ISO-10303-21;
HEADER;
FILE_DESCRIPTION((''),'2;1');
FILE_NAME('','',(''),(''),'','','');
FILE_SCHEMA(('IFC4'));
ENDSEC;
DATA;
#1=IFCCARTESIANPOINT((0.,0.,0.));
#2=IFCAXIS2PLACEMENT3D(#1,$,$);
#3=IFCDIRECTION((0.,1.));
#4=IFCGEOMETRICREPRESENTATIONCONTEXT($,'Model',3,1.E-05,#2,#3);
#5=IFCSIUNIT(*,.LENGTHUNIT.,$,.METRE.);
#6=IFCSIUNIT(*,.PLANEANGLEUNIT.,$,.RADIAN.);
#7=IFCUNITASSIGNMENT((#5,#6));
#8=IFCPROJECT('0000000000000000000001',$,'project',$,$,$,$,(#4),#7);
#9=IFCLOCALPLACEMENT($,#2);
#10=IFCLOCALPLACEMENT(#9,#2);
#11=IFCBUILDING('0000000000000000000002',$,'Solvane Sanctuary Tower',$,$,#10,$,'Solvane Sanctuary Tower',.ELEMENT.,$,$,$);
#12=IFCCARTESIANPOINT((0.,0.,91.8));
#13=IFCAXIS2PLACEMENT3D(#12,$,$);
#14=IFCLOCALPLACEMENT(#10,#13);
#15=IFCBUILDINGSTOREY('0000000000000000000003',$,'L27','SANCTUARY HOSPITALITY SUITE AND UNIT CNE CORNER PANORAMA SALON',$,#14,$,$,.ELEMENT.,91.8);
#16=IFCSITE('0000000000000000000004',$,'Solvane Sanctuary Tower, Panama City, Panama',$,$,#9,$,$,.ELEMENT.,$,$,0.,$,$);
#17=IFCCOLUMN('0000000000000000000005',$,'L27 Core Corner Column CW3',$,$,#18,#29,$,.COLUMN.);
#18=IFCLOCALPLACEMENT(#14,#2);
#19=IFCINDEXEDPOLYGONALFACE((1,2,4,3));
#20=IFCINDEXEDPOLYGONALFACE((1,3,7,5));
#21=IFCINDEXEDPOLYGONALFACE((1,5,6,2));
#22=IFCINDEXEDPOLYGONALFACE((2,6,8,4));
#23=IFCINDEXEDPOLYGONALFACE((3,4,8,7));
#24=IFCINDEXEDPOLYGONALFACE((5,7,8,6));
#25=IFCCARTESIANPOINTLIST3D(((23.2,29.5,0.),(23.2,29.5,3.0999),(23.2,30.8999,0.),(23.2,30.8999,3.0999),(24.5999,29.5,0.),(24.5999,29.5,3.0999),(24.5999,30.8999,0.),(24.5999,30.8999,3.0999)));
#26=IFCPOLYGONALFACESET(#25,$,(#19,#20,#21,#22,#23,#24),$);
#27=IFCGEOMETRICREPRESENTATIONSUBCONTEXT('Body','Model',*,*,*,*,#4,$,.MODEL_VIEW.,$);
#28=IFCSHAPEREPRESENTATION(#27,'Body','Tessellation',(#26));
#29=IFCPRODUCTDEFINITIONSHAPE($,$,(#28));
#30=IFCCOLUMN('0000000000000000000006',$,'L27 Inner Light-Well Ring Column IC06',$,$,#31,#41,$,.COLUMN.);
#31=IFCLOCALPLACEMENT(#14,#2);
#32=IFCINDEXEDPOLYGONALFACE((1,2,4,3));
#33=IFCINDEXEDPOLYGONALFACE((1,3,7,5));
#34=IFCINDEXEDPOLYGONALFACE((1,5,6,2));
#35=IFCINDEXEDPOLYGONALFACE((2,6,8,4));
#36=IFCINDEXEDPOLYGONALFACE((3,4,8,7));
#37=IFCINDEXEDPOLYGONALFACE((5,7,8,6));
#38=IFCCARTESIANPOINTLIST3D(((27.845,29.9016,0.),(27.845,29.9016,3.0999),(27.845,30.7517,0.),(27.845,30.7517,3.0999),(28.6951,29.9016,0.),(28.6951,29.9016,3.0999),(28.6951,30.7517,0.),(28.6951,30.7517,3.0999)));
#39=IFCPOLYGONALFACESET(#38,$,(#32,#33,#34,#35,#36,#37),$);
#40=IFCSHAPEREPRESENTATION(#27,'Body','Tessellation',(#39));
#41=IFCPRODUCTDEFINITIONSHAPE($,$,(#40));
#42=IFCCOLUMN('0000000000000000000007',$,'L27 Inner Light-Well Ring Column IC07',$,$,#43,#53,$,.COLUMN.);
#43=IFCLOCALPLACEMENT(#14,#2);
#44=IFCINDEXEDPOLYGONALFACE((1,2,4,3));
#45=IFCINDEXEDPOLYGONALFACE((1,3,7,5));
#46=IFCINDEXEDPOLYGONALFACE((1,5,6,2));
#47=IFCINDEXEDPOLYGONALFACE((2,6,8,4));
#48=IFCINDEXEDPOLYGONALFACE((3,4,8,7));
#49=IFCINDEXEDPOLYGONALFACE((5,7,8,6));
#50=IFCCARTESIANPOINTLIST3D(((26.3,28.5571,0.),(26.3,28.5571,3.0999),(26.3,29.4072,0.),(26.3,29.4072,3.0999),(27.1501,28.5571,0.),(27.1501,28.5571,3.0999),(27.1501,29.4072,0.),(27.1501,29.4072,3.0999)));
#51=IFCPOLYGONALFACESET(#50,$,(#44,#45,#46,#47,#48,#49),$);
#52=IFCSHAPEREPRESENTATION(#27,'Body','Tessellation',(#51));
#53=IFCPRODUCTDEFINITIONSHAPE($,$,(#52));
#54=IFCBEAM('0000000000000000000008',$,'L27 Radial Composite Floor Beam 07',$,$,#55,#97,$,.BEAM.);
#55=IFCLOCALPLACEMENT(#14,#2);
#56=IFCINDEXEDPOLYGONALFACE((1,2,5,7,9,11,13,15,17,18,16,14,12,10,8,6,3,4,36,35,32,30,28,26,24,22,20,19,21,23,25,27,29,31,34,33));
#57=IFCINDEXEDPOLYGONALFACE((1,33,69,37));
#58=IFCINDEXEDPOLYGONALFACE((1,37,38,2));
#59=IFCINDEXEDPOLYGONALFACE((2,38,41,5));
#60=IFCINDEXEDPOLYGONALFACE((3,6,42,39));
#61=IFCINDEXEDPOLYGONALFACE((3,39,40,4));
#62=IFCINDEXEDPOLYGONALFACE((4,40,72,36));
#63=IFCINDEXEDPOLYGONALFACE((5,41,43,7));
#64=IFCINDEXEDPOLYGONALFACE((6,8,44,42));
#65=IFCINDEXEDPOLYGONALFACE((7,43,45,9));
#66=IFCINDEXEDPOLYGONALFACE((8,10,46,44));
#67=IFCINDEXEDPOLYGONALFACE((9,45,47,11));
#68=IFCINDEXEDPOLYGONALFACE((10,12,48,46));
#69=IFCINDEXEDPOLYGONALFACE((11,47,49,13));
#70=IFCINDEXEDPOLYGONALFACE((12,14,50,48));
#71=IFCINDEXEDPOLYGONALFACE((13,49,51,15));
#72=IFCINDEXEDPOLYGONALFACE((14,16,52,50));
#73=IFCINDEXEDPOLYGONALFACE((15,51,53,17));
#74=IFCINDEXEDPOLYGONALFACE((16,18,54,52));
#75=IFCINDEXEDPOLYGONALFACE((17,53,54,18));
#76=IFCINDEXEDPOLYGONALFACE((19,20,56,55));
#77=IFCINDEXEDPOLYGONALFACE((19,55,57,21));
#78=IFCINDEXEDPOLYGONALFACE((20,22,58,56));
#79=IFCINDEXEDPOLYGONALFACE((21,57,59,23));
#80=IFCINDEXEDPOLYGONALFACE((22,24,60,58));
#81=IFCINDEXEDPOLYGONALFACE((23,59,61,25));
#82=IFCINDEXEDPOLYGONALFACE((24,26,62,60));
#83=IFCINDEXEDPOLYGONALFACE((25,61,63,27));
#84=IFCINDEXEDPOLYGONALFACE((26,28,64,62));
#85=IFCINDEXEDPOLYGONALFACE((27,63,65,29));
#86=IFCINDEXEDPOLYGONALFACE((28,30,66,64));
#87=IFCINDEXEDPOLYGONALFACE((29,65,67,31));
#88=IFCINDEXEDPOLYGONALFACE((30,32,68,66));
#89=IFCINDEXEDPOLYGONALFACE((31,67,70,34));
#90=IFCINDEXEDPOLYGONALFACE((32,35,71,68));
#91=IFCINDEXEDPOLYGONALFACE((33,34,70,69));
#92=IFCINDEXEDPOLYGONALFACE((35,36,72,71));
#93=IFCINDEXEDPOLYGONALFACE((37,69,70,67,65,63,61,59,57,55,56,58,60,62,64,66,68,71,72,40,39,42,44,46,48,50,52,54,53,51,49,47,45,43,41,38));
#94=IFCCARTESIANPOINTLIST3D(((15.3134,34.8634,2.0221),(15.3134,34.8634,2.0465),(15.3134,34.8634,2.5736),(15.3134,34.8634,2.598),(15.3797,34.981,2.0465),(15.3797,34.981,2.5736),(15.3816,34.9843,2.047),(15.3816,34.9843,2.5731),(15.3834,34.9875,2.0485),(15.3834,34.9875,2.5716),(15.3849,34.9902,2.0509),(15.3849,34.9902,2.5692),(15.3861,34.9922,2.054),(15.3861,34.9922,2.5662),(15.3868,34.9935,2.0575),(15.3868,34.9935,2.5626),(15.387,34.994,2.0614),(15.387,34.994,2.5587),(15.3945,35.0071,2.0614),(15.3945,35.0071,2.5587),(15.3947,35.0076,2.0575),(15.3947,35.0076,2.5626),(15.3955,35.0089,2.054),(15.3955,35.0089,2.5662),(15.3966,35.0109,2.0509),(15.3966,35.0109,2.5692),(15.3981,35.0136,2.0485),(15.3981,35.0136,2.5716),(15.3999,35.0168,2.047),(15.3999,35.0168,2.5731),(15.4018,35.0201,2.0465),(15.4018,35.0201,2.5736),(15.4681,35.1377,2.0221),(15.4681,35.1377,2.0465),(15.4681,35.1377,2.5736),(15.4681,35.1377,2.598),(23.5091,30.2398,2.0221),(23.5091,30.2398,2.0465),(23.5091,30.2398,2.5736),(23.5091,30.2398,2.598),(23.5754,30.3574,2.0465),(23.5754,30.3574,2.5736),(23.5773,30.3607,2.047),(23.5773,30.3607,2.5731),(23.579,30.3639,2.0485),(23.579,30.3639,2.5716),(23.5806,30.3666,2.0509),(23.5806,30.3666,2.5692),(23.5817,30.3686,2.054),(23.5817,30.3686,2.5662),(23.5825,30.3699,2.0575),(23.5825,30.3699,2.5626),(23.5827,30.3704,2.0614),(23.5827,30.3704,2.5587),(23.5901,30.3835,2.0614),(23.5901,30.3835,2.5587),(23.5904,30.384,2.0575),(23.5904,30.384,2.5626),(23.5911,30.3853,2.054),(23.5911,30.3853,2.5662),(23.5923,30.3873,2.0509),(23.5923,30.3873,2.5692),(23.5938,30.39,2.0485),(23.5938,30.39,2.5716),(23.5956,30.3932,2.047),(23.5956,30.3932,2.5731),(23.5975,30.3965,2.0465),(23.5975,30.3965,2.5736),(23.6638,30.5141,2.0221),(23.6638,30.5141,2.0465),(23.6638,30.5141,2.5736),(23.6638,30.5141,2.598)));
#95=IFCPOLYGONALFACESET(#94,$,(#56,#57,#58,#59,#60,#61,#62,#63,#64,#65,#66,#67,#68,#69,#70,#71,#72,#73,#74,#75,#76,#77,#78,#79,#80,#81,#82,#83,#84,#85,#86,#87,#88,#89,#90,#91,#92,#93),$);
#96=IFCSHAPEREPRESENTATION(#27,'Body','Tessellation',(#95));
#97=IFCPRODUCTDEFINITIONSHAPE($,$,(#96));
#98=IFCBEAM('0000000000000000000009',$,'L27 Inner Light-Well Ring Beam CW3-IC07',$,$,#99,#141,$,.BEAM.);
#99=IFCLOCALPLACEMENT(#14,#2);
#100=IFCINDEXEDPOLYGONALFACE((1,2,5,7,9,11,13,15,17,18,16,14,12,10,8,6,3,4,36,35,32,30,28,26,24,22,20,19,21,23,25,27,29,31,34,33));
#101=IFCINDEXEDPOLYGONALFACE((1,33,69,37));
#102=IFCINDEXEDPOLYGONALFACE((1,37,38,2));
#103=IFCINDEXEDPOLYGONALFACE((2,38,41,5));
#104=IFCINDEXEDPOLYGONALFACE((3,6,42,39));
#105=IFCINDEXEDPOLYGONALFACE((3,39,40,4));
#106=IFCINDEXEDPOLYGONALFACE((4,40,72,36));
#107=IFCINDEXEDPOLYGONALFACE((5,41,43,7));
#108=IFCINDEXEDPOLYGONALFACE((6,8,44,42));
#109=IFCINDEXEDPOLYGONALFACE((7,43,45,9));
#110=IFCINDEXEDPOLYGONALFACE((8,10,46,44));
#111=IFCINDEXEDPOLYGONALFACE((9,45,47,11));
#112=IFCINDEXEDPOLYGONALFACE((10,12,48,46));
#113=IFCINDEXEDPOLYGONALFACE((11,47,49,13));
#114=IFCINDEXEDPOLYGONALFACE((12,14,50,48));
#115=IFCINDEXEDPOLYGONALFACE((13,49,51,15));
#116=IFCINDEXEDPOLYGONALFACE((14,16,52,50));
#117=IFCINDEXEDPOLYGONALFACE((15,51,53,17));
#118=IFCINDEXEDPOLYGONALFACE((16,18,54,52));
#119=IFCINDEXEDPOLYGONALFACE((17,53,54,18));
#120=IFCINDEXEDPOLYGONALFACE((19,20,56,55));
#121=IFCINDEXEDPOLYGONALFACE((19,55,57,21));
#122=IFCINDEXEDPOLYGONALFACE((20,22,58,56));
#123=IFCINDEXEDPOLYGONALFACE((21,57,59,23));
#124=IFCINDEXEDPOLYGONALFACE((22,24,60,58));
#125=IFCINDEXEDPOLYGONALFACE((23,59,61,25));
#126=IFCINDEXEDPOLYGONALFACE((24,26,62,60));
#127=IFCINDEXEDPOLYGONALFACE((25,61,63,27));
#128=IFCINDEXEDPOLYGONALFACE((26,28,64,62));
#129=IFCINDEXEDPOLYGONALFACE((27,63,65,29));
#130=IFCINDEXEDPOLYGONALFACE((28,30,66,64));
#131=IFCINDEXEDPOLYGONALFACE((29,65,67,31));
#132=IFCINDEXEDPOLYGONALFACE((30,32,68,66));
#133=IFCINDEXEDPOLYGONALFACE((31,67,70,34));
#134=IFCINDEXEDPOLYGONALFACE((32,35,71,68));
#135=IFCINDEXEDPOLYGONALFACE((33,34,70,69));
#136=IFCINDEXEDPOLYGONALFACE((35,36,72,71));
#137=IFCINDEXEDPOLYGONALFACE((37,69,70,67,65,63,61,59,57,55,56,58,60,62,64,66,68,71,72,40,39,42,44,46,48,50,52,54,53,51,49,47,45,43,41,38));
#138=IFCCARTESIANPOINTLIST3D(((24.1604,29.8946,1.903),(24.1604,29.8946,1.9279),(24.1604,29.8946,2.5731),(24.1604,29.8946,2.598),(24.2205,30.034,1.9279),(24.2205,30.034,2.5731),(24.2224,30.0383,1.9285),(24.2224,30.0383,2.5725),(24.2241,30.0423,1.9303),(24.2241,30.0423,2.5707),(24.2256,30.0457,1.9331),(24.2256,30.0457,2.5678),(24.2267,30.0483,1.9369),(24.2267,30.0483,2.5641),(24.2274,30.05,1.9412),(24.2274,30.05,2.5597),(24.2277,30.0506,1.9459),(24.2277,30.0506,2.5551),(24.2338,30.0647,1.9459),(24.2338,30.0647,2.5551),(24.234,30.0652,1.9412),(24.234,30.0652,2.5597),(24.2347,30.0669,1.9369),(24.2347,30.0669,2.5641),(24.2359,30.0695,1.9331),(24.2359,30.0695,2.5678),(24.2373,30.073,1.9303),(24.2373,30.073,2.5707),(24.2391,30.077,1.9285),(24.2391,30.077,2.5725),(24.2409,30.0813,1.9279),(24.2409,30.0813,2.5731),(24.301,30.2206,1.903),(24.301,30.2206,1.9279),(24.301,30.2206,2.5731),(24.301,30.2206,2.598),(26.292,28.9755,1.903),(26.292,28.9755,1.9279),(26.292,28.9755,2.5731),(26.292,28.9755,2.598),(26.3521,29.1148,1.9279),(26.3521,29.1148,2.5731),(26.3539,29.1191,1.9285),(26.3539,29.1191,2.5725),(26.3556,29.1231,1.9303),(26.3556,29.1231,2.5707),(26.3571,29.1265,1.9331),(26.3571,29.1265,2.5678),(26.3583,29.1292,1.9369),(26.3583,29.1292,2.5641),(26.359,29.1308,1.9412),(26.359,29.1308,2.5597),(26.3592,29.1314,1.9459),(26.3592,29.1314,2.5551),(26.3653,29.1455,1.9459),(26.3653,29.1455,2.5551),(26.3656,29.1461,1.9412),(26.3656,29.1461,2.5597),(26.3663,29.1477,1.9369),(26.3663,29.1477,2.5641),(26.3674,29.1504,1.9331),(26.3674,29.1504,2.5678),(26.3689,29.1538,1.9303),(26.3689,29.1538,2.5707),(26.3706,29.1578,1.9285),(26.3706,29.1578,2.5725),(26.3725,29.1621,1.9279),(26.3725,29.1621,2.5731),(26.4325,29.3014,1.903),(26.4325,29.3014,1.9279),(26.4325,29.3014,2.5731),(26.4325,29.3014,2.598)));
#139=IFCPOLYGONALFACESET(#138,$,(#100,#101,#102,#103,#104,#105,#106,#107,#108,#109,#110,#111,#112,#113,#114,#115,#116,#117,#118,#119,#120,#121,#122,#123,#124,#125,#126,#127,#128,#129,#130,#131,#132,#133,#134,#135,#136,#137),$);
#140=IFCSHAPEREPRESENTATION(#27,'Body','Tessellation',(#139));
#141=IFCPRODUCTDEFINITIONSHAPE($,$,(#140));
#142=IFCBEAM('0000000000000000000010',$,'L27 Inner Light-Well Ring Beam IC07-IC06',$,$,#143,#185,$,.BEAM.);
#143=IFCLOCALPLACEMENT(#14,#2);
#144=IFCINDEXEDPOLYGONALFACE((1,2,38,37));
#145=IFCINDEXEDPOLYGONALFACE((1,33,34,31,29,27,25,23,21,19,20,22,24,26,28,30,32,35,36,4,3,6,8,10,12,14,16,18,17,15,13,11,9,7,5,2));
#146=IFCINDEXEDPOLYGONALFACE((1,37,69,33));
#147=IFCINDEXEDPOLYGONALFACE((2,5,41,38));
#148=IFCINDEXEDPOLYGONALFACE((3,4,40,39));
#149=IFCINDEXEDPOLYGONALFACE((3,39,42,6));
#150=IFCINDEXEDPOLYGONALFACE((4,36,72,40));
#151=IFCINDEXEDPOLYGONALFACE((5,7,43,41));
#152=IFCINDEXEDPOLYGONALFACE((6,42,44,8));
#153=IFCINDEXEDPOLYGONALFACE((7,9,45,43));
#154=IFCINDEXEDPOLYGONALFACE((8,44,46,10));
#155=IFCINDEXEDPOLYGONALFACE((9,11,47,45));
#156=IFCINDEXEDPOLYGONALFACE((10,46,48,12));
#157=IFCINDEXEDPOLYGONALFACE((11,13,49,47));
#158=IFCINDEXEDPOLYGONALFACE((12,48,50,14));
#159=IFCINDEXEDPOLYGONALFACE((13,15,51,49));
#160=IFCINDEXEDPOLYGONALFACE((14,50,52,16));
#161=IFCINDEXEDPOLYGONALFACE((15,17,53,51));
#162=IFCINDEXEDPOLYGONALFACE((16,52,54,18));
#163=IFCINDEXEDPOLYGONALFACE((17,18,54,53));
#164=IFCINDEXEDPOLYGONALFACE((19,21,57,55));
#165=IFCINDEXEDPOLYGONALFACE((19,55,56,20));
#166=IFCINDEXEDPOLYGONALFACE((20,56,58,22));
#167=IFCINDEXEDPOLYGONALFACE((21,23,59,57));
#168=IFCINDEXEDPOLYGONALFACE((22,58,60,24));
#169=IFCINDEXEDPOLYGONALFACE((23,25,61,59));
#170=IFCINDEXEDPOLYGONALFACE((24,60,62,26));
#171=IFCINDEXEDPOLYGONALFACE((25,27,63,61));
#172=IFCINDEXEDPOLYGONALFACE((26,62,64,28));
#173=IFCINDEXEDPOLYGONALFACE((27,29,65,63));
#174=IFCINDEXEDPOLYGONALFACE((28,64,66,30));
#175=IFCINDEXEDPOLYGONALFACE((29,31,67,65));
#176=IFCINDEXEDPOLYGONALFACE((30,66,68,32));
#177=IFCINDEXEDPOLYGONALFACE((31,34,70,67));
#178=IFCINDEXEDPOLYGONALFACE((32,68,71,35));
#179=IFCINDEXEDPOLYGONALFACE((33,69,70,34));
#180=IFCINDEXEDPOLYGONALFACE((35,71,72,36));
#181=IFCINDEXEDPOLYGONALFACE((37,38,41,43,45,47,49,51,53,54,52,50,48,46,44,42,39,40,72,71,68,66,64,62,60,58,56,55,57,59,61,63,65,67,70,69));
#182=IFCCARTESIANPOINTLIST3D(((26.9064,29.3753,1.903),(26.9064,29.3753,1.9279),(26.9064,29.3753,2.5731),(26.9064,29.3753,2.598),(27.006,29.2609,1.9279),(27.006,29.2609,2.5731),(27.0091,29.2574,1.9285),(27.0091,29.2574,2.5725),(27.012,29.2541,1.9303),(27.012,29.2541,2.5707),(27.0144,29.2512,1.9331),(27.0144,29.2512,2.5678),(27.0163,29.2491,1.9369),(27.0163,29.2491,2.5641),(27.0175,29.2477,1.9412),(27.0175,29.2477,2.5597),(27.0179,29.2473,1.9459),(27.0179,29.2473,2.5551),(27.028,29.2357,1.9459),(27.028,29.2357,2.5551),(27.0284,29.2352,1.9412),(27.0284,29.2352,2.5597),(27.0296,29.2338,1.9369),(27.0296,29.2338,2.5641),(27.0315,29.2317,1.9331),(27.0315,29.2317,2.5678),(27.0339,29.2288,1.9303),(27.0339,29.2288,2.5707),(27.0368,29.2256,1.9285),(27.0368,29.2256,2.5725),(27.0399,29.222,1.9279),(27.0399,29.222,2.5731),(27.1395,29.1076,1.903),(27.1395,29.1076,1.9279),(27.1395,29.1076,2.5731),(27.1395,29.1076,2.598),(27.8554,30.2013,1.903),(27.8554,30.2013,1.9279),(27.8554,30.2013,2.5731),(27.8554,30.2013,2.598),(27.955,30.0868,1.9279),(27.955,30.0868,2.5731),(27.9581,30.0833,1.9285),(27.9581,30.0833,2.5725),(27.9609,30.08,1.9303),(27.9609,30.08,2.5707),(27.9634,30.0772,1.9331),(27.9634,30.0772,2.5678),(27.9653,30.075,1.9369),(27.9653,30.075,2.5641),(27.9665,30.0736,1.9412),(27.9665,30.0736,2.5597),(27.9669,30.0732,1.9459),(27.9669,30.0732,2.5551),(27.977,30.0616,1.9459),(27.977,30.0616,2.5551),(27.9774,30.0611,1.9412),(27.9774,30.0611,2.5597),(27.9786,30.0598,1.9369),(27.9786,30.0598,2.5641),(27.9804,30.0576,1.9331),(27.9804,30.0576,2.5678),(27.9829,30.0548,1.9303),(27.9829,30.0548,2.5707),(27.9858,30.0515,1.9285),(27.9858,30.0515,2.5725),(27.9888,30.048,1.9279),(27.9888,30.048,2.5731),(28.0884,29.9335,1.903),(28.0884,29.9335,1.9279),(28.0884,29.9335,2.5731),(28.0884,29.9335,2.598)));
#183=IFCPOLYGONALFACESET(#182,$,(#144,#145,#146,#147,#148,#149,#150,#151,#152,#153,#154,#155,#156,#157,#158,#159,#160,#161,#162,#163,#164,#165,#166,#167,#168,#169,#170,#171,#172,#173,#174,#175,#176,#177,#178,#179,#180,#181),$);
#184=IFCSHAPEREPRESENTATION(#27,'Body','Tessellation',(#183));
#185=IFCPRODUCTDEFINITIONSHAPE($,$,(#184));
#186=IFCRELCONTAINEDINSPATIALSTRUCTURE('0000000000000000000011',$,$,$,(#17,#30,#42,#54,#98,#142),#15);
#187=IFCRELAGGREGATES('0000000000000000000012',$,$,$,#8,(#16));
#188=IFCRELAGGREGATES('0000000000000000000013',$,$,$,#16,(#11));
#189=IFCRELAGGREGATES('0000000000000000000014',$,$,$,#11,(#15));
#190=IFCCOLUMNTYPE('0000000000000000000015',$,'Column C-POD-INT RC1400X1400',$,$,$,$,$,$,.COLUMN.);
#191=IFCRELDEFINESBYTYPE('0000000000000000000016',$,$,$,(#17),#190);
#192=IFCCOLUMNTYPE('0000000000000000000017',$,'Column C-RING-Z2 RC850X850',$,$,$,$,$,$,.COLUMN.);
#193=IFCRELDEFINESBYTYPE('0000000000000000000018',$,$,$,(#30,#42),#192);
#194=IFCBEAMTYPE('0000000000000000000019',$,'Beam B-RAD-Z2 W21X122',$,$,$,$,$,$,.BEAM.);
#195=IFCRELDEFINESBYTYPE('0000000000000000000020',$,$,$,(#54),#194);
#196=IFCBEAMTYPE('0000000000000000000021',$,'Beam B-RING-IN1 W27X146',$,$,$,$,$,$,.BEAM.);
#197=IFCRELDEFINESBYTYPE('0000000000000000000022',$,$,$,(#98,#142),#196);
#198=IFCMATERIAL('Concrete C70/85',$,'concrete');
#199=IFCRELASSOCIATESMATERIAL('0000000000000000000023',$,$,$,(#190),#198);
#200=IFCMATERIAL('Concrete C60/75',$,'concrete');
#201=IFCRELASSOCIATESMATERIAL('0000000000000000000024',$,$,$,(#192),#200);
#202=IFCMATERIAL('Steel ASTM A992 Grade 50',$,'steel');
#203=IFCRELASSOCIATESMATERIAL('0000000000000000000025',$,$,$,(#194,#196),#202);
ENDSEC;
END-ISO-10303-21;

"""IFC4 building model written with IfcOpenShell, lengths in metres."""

from ifc_helpers import new_model, si_unit, direction, frame, origin, origin_2d, place, context, subcontext, project, spatial, rectangle, i_section, extrude, material, material_profile, profile_set, type_object, element, save


model = new_model("IFC4")

# Units and contexts
model_context = context("Model", 3, precision=1e-05, world=origin(), true_north=direction((0.0, 1.0)))
body_context = subcontext(model_context, "Body", "Model", "MODEL_VIEW")
ifc_project = project(units=[si_unit("LENGTHUNIT", "METRE"), si_unit("PLANEANGLEUNIT", "RADIAN")], contexts=[model_context])

# Site, building, storey
site_placement = place(None, origin())
site = spatial("IfcSite", under=ifc_project, at=site_placement, Name="Solvane Sanctuary Tower, Panama City, Panama", CompositionType="ELEMENT", RefElevation=0.0)
building_placement = place(site_placement, origin())
building = spatial("IfcBuilding", under=site, at=building_placement, Name="Solvane Sanctuary Tower", LongName="Solvane Sanctuary Tower", CompositionType="ELEMENT")
storey_placement = place(building_placement, frame((0.0, 0.0, 91.8)))
storey = spatial("IfcBuildingStorey", under=building, at=storey_placement, Name="L27", Description="SANCTUARY HOSPITALITY SUITE AND UNIT CNE CORNER PANORAMA SALON", CompositionType="ELEMENT", Elevation=91.8)

# Columns
ifc_material_1 = material(Name="Concrete C70/85", Category="concrete")
ifc_material_profile_1 = material_profile(ifc_material_1, rectangle(XDim=1.3999, YDim=1.3999, at=origin_2d()), Name="RC1400X1400")
ifc_profile_set_1 = profile_set([ifc_material_profile_1], Name="Concrete C70/85")
column_type_1 = type_object("IfcColumnType", Name="Column C-POD-INT RC1400X1400", PredefinedType="COLUMN", material=ifc_profile_set_1)
column_placement = place(storey_placement, frame((23.8999, 30.2, 0.0), z_axis=(0.0, 0.0, 1.0), x_axis=(1.0, 0.0, 0.0)))
element("IfcColumn", 1, at=column_placement, inside=storey, type_object=column_type_1, Name="L27 Core Corner Column CW3", PredefinedType="COLUMN", context=body_context, shape_type="SweptSolid", body=[
    extrude(rectangle(XDim=1.3999, YDim=1.3999, at=origin_2d()), origin(), (0.0, 0.0, 1.0), 3.0999),
])
ifc_material_2 = material(Name="Concrete C60/75", Category="concrete")
ifc_material_profile_2 = material_profile(ifc_material_2, rectangle(XDim=0.8501, YDim=0.8501, at=origin_2d()), Name="RC850X850")
ifc_profile_set_2 = profile_set([ifc_material_profile_2], Name="Concrete C60/75")
column_type_2 = type_object("IfcColumnType", Name="Column C-RING-Z2 RC850X850", PredefinedType="COLUMN", material=ifc_profile_set_2)
for number, where, z_axis, x_axis, name in (
    (2, (28.27, 30.3267, 0.0), (0.0, 0.0, 1.0), (1.0, 0.0, 0.0), "L27 Inner Light-Well Ring Column IC06"),
    (3, (26.7251, 28.9822, 0.0), (0.0, 0.0, 1.0), (1.0, 0.0, 0.0), "L27 Inner Light-Well Ring Column IC07"),
):
    element("IfcColumn", number, at=place(storey_placement, frame(where, z_axis=z_axis, x_axis=x_axis)), inside=storey, type_object=column_type_2, Name=name, PredefinedType="COLUMN", context=body_context, shape_type="SweptSolid", body=[
        extrude(rectangle(XDim=0.8501, YDim=0.8501, at=origin_2d()), origin(), (0.0, 0.0, 1.0), 3.0999),
    ])

# Beams
ifc_material_3 = material(Name="Steel ASTM A992 Grade 50", Category="steel")
ifc_material_profile_3 = material_profile(ifc_material_3, i_section(OverallWidth=0.3149, OverallDepth=0.5759, WebThickness=0.0151, FlangeThickness=0.0244, FilletRadius=0.0149, at=origin_2d()), Name="W21X122")
ifc_profile_set_3 = profile_set([ifc_material_profile_3], Name="Steel ASTM A992 Grade 50")
beam_type_1 = type_object("IfcBeamType", Name="Beam B-RAD-Z2 W21X122", PredefinedType="BEAM", material=ifc_profile_set_3)
beam_1_placement = place(storey_placement, frame((23.5864, 30.377, 2.3101), z_axis=(-0.87096, 0.491353, 0.0), x_axis=(-0.491353, -0.87096, 0.0)))
element("IfcBeam", 4, at=beam_1_placement, inside=storey, type_object=beam_type_1, Name="L27 Radial Composite Floor Beam 07", PredefinedType="BEAM", context=body_context, shape_type="SweptSolid", body=[
    extrude(i_section(OverallWidth=0.3149, OverallDepth=0.5759, WebThickness=0.0151, FlangeThickness=0.0244, FilletRadius=0.0149, at=origin_2d()), origin(), (0.0, 0.0, 1.0), 9.4099),
])
ifc_material_profile_4 = material_profile(ifc_material_3, i_section(OverallWidth=0.355, OverallDepth=0.6951, WebThickness=0.0154, FlangeThickness=0.0249, FilletRadius=0.0181, at=origin_2d()), Name="W27X146")
ifc_profile_set_4 = profile_set([ifc_material_profile_4], Name="Steel ASTM A992 Grade 50")
beam_type_2 = type_object("IfcBeamType", Name="Beam B-RING-IN1 W27X146", PredefinedType="BEAM", material=ifc_profile_set_4)
beam_2_placement = place(storey_placement, frame((24.2307, 30.0576, 2.2505), z_axis=(0.918261, -0.395975, 0.0), x_axis=(0.395975, 0.918261, 0.0)))
element("IfcBeam", 5, at=beam_2_placement, inside=storey, type_object=beam_type_2, Name="L27 Inner Light-Well Ring Beam CW3-IC07", PredefinedType="BEAM", context=body_context, shape_type="SweptSolid", body=[
    extrude(i_section(OverallWidth=0.355, OverallDepth=0.6951, WebThickness=0.0154, FlangeThickness=0.0249, FilletRadius=0.0181, at=origin_2d()), origin(), (0.0, 0.0, 1.0), 2.3213),
])
beam_3_placement = place(storey_placement, frame((27.0229, 29.2415, 2.2505), z_axis=(0.754317, 0.65651, 0.0), x_axis=(-0.65651, 0.754317, 0.0)))
element("IfcBeam", 6, at=beam_3_placement, inside=storey, type_object=beam_type_2, Name="L27 Inner Light-Well Ring Beam IC07-IC06", PredefinedType="BEAM", context=body_context, shape_type="SweptSolid", body=[
    extrude(i_section(OverallWidth=0.355, OverallDepth=0.6951, WebThickness=0.0154, FlangeThickness=0.0249, FilletRadius=0.0181, at=origin_2d()), origin(), (0.0, 0.0, 1.0), 1.2581),
])

save(model, "model.ifc")
